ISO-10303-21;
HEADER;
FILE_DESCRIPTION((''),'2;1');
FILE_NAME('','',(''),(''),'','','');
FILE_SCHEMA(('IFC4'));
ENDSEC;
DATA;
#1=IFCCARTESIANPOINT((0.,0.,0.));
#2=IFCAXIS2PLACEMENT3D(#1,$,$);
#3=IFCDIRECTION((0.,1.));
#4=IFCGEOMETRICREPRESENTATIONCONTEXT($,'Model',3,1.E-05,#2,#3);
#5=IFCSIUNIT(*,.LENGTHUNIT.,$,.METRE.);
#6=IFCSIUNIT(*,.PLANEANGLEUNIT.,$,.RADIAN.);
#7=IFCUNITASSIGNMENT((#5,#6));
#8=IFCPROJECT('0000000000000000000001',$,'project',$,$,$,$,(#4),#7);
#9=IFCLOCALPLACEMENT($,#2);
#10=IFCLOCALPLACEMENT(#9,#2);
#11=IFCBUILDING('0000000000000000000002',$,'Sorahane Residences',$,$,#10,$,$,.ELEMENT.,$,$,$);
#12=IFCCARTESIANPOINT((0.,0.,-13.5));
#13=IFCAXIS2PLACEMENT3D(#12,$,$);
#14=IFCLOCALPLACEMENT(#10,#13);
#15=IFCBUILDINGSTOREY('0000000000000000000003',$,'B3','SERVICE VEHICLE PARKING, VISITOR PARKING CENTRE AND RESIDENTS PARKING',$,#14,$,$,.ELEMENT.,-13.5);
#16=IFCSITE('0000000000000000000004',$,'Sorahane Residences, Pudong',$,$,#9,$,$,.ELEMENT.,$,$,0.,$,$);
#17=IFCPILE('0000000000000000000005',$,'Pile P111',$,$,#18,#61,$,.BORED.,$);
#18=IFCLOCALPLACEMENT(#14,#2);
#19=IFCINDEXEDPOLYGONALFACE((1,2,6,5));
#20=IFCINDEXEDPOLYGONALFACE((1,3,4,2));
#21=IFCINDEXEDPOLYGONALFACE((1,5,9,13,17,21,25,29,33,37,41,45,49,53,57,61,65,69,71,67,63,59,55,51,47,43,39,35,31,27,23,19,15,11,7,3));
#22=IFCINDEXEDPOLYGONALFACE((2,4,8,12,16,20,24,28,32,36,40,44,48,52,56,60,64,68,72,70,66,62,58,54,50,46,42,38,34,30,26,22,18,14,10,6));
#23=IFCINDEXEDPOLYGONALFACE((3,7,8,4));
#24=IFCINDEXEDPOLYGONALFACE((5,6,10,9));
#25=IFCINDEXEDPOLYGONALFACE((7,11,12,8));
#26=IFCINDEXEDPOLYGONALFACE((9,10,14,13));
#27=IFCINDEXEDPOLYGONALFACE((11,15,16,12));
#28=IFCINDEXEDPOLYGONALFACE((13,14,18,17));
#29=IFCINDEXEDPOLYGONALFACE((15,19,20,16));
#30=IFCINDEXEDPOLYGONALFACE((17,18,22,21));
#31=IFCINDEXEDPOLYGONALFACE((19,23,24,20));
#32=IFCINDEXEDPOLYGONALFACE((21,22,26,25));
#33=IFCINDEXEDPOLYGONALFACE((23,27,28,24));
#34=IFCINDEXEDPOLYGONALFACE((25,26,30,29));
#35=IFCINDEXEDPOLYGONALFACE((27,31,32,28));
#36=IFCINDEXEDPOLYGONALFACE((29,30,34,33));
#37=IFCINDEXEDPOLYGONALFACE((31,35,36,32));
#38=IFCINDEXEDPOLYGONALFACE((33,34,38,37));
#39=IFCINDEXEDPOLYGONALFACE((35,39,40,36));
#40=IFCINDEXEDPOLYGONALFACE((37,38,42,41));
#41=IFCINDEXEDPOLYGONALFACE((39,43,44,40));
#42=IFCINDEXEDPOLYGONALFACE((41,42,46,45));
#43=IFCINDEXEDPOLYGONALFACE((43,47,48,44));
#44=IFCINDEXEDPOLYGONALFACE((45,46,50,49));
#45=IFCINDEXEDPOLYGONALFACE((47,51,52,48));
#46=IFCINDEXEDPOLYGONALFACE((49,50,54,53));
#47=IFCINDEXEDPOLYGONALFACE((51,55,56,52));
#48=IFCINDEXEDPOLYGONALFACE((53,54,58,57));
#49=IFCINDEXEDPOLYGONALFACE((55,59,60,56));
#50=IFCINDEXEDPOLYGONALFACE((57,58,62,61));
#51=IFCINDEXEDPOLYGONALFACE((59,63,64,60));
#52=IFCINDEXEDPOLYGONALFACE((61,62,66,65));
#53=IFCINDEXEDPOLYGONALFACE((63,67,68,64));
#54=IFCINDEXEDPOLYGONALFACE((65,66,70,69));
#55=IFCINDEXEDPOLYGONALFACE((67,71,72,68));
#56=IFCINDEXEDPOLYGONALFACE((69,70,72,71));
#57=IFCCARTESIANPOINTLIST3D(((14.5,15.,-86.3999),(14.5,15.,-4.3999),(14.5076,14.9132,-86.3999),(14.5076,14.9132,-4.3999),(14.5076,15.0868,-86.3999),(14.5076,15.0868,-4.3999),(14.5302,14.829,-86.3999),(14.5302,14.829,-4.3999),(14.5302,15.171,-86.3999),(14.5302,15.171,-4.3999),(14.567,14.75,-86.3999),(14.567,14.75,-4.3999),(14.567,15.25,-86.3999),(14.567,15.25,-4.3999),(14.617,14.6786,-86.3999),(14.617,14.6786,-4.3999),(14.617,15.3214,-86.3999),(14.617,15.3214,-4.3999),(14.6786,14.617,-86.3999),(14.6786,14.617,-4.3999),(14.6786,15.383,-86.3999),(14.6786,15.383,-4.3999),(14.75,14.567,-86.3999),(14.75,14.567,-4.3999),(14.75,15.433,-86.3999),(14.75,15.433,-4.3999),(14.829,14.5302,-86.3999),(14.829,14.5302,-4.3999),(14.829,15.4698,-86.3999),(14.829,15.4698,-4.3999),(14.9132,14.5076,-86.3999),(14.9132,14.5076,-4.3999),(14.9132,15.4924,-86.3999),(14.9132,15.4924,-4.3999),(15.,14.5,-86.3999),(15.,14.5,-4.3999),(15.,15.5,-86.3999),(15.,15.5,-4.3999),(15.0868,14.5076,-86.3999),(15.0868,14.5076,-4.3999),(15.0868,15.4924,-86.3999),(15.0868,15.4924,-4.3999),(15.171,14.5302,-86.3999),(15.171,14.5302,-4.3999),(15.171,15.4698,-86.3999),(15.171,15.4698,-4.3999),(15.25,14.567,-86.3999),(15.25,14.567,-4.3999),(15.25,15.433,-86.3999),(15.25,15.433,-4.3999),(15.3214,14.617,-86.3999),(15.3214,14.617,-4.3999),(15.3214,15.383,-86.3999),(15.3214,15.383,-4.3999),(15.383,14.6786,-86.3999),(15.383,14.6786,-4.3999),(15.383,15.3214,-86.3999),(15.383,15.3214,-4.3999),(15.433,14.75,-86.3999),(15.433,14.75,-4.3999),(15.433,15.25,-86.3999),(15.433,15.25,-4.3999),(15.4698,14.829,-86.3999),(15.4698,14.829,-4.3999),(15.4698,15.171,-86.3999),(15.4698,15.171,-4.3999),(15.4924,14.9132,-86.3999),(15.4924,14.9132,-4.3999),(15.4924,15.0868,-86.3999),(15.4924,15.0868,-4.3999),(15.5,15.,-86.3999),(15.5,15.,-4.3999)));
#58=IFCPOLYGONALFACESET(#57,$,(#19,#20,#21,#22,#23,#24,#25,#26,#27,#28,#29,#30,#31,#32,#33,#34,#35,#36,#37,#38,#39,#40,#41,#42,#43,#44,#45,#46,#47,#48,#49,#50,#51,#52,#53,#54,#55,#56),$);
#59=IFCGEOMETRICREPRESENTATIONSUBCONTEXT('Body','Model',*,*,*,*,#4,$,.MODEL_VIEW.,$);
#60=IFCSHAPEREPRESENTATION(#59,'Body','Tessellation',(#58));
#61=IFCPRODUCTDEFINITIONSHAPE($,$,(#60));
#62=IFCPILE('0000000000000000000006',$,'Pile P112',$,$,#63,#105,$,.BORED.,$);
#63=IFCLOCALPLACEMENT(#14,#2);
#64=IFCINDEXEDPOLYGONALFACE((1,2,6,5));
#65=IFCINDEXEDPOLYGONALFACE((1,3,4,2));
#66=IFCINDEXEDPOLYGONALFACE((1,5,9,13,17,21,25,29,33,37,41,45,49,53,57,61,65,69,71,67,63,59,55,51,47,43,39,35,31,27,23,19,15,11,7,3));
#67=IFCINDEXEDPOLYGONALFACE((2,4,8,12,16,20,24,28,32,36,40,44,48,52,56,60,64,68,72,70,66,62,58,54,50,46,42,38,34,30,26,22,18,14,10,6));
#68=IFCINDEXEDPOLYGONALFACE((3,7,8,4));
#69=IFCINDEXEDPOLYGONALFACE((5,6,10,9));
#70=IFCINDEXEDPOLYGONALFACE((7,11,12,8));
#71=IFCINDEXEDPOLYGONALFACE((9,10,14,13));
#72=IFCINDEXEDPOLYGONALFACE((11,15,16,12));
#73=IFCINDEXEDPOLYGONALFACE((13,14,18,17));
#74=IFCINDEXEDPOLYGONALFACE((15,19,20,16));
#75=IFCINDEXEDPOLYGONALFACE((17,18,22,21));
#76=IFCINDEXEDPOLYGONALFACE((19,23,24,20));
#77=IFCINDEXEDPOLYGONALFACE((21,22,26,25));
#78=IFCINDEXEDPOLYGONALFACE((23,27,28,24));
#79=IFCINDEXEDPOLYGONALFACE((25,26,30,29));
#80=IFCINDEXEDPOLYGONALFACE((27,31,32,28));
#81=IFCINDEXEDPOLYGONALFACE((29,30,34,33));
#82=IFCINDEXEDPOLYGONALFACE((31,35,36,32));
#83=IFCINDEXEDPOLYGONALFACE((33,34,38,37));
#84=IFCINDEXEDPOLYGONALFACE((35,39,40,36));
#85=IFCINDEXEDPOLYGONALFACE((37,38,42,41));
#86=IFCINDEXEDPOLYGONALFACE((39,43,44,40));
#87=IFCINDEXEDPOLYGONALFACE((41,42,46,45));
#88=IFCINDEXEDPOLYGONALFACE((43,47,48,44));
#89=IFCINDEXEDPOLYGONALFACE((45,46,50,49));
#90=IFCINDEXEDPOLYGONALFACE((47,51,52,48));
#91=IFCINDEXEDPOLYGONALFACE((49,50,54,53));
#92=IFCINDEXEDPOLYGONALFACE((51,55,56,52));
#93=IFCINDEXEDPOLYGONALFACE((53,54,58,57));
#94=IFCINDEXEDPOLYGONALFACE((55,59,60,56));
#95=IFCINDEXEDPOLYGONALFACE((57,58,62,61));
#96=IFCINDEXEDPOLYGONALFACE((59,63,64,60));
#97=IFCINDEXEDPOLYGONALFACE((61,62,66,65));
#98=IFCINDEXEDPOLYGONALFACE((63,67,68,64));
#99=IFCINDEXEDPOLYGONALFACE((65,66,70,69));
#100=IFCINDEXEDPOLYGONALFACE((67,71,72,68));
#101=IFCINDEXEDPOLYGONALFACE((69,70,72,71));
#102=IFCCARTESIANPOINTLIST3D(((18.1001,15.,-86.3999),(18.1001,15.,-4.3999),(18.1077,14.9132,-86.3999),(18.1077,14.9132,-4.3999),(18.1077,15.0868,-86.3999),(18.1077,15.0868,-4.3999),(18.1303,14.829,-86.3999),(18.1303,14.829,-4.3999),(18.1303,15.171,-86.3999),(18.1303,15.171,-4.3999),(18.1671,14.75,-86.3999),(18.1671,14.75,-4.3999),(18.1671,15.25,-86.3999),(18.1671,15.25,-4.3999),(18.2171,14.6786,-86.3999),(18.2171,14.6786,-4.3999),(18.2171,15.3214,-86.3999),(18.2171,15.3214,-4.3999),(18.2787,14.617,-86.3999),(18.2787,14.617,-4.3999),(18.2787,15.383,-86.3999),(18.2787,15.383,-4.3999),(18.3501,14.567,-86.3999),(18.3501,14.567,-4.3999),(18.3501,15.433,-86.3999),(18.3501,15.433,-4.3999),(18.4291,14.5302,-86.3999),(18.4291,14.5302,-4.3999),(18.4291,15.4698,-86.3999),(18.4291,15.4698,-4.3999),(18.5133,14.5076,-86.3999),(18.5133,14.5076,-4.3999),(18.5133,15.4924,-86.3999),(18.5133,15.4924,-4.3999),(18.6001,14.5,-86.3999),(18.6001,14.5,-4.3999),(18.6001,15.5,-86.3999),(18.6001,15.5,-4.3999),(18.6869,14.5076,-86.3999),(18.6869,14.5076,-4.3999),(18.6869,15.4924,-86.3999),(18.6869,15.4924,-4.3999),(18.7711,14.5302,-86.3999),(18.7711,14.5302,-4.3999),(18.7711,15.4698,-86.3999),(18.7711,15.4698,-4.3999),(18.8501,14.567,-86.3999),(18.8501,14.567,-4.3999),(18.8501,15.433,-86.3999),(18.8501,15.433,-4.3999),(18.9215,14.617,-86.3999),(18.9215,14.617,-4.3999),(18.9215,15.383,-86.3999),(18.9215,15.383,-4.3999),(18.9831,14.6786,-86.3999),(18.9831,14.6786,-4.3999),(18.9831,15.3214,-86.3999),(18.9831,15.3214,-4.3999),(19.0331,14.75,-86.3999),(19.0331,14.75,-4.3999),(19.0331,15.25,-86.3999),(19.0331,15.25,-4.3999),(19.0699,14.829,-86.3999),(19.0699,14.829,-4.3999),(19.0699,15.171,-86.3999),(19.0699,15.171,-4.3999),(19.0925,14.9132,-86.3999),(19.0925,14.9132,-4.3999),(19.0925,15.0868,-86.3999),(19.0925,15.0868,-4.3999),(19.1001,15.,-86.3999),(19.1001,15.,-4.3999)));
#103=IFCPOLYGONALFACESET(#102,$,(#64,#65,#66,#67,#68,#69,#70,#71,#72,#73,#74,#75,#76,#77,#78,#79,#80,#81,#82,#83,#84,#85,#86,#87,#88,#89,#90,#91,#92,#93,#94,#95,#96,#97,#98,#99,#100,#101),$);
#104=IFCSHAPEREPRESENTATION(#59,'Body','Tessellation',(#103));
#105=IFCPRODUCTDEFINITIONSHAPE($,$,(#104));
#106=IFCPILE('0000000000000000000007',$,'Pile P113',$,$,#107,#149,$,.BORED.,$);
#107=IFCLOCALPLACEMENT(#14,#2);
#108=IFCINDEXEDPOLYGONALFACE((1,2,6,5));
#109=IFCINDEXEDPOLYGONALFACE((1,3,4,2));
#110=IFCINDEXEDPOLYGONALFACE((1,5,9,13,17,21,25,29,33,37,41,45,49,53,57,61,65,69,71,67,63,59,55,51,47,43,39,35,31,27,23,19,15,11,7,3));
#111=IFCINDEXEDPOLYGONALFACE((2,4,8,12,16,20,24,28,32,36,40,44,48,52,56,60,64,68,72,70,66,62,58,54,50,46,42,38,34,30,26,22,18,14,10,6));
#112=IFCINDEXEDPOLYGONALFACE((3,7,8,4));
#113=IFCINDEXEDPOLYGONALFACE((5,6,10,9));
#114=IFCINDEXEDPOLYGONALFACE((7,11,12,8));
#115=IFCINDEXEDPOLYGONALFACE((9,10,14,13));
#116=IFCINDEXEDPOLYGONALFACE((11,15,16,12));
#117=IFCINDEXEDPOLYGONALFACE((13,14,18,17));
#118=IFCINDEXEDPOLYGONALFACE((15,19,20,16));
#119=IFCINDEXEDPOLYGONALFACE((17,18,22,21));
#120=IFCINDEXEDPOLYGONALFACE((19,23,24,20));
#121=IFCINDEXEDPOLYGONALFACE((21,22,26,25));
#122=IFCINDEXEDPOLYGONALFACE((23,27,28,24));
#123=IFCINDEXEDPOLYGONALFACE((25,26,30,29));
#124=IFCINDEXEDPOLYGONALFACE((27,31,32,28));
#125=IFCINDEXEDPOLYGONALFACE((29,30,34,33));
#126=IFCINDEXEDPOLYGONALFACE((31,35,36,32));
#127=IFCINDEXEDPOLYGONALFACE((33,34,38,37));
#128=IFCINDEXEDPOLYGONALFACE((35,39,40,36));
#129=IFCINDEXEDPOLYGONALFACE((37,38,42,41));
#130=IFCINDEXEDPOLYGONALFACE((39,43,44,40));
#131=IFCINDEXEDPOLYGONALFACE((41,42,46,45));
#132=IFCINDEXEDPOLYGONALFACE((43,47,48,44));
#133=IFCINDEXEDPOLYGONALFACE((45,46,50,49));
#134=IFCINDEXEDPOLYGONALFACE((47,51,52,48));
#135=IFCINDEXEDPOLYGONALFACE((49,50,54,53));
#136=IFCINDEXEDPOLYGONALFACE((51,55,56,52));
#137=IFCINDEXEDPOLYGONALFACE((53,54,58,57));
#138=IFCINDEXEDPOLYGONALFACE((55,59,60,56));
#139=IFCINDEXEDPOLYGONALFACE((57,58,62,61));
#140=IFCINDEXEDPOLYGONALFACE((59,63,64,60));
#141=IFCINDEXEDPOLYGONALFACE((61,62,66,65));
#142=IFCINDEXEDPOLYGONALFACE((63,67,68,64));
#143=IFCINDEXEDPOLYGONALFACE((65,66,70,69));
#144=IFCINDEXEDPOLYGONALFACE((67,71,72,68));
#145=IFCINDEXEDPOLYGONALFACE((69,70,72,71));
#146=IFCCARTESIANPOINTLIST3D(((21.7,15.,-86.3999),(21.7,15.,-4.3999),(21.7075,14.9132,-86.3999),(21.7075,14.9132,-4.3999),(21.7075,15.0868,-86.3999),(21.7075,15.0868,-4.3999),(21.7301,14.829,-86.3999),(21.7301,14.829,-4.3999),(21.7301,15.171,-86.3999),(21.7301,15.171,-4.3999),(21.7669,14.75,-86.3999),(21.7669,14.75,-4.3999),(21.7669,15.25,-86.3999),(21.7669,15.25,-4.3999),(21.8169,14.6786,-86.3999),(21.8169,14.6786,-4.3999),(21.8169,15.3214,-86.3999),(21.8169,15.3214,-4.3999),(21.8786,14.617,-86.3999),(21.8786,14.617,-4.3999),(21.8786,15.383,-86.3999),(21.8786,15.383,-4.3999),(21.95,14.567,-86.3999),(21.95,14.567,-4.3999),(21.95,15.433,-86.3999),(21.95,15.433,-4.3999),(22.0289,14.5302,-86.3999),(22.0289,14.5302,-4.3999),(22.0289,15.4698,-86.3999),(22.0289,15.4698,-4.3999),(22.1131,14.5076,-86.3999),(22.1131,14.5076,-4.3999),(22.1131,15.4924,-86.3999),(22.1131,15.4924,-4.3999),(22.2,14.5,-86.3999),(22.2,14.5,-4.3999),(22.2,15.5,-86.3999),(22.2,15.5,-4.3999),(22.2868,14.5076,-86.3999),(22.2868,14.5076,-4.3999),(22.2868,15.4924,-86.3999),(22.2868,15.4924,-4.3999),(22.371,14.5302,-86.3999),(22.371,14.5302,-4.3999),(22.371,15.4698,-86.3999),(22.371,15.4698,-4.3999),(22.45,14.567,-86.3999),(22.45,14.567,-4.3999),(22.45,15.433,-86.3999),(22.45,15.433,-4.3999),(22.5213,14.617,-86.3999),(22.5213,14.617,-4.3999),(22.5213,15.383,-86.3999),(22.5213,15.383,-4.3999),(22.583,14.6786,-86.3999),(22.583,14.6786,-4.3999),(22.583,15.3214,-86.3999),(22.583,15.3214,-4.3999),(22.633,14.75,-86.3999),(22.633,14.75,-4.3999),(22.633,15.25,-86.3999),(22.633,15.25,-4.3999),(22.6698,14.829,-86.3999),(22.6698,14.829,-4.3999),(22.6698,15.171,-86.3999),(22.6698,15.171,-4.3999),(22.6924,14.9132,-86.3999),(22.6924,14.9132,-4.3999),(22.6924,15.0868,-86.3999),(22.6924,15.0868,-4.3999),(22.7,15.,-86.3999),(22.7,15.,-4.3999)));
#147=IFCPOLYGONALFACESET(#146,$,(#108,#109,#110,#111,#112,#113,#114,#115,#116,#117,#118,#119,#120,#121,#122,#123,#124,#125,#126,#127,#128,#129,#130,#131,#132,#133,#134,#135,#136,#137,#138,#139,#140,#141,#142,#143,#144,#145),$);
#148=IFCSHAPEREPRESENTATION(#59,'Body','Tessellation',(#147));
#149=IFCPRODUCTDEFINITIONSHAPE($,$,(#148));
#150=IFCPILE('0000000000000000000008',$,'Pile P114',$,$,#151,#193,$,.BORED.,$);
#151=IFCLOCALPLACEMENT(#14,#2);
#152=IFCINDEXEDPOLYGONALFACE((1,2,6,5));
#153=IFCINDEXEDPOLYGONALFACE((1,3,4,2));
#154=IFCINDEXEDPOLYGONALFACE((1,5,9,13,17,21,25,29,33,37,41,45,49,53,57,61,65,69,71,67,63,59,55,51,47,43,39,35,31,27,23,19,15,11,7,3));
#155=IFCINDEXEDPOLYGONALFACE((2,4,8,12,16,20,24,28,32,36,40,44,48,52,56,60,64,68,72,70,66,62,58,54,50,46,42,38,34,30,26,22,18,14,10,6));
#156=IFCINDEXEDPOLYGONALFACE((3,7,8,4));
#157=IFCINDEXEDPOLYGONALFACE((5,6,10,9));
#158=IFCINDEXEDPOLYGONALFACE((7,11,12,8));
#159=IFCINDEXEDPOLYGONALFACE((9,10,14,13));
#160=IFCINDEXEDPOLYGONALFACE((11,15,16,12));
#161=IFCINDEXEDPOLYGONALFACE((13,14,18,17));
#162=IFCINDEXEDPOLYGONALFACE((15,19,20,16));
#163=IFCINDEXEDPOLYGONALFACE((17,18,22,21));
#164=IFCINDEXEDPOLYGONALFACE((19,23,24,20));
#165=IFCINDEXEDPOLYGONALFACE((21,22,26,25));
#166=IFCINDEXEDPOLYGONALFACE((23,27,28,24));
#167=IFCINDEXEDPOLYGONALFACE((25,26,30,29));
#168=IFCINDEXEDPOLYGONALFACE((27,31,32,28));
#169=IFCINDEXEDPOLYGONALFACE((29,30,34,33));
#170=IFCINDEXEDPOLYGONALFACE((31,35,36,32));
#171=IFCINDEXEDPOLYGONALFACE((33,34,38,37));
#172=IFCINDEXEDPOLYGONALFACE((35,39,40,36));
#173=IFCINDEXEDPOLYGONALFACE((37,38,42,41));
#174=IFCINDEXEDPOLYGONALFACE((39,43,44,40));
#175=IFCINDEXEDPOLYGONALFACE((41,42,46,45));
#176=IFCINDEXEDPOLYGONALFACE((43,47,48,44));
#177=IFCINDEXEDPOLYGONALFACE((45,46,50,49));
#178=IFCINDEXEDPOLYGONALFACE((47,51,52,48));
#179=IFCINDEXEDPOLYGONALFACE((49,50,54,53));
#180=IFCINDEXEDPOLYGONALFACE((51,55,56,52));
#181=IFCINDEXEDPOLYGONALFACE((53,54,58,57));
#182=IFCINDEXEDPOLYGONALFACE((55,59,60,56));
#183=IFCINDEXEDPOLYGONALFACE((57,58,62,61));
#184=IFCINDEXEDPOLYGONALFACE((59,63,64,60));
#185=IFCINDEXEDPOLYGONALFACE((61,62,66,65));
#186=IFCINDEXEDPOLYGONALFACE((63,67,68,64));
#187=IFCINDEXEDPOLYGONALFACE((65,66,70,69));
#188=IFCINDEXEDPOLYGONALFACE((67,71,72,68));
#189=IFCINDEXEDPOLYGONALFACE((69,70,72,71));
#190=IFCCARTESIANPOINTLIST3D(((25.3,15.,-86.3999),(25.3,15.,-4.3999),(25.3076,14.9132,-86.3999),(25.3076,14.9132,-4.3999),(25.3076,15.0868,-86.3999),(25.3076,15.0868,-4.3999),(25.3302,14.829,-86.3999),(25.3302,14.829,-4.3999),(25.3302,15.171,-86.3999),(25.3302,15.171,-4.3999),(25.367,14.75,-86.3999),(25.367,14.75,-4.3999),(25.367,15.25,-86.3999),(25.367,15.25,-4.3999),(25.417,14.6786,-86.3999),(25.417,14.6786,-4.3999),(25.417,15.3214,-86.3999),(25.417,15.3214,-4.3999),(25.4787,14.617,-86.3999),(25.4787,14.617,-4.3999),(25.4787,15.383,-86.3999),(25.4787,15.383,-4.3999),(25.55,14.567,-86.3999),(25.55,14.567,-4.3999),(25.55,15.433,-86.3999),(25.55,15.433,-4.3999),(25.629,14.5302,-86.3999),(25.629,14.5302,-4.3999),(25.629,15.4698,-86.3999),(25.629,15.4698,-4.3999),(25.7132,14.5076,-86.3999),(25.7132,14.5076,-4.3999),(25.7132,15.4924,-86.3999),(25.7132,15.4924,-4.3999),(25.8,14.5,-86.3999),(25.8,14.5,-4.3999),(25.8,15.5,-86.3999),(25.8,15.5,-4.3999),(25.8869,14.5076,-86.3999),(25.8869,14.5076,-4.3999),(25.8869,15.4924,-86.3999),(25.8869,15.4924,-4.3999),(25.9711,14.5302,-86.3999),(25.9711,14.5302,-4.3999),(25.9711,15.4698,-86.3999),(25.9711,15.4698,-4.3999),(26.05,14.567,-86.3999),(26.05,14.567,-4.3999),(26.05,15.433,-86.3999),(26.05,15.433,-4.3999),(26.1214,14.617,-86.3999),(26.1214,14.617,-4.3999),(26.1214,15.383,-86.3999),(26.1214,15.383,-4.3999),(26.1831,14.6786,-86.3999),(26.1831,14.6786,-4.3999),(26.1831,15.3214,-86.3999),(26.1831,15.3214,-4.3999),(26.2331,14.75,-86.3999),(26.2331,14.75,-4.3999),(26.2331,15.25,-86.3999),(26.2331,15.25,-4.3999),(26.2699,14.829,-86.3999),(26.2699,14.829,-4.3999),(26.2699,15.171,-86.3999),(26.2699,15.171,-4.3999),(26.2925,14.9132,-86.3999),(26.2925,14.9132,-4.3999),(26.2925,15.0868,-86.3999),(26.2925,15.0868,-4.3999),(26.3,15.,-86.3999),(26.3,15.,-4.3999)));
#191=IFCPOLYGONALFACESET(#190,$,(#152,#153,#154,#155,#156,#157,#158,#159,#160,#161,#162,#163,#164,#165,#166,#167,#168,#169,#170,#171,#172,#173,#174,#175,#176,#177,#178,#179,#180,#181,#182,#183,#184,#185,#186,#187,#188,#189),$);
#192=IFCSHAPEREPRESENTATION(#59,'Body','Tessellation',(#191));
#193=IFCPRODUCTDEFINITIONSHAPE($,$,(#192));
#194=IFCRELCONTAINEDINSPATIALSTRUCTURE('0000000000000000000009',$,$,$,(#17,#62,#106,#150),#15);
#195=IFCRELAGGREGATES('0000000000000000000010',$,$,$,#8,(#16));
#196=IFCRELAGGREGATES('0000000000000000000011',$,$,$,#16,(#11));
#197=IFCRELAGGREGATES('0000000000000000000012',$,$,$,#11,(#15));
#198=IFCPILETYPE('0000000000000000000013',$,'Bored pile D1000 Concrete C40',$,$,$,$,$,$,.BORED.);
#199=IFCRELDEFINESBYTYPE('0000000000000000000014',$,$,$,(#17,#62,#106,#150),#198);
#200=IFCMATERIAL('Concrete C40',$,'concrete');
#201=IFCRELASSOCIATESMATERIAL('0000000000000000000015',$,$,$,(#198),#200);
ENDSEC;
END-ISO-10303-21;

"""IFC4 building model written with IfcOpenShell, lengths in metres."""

from ifc_helpers import new_model, si_unit, direction, frame, origin, origin_2d, place, context, subcontext, project, spatial, circle, extrude, material, material_profile, profile_set, type_object, element, save


model = new_model("IFC4")

# Units and contexts
model_context = context("Model", 3, precision=1e-05, world=origin(), true_north=direction((0.0, 1.0)))
body_context = subcontext(model_context, "Body", "Model", "MODEL_VIEW")
ifc_project = project(units=[si_unit("LENGTHUNIT", "METRE"), si_unit("PLANEANGLEUNIT", "RADIAN")], contexts=[model_context])

# Site, building, storey
site_placement = place(None, origin())
site = spatial("IfcSite", under=ifc_project, at=site_placement, Name="Sorahane Residences, Pudong", CompositionType="ELEMENT", RefElevation=0.0)
building_placement = place(site_placement, origin())
building = spatial("IfcBuilding", under=site, at=building_placement, Name="Sorahane Residences", CompositionType="ELEMENT")
storey_placement = place(building_placement, frame((0.0, 0.0, -13.5)))
storey = spatial("IfcBuildingStorey", under=building, at=storey_placement, Name="B3", Description="SERVICE VEHICLE PARKING, VISITOR PARKING CENTRE AND RESIDENTS PARKING", CompositionType="ELEMENT", Elevation=-13.5)

# Piles
ifc_material_1 = material(Name="Concrete C40", Category="concrete")
ifc_material_profile_1 = material_profile(ifc_material_1, circle(Radius=0.5, at=origin_2d()), Name="D1000")
ifc_profile_set_1 = profile_set([ifc_material_profile_1], Name="Concrete C40")
pile_type = type_object("IfcPileType", Name="Bored pile D1000 Concrete C40", PredefinedType="BORED", material=ifc_profile_set_1)
for number, where, z_axis, x_axis, name in (
    (1, (15.0, 15.0, -4.3999), (0.0, 0.0, -1.0), (1.0, 0.0, 0.0), "Pile P111"),
    (2, (18.6001, 15.0, -4.3999), (0.0, 0.0, -1.0), (1.0, 0.0, 0.0), "Pile P112"),
    (3, (22.2, 15.0, -4.3999), (0.0, 0.0, -1.0), (1.0, 0.0, 0.0), "Pile P113"),
    (4, (25.8, 15.0, -4.3999), (0.0, 0.0, -1.0), (1.0, 0.0, 0.0), "Pile P114"),
):
    element("IfcPile", number, at=place(storey_placement, frame(where, z_axis=z_axis, x_axis=x_axis)), inside=storey, type_object=pile_type, Name=name, PredefinedType="BORED", context=body_context, shape_type="SweptSolid", body=[
        extrude(circle(Radius=0.5, at=origin_2d()), origin(), (0.0, 0.0, 1.0), 82.0),
    ])

save(model, "model.ifc")
